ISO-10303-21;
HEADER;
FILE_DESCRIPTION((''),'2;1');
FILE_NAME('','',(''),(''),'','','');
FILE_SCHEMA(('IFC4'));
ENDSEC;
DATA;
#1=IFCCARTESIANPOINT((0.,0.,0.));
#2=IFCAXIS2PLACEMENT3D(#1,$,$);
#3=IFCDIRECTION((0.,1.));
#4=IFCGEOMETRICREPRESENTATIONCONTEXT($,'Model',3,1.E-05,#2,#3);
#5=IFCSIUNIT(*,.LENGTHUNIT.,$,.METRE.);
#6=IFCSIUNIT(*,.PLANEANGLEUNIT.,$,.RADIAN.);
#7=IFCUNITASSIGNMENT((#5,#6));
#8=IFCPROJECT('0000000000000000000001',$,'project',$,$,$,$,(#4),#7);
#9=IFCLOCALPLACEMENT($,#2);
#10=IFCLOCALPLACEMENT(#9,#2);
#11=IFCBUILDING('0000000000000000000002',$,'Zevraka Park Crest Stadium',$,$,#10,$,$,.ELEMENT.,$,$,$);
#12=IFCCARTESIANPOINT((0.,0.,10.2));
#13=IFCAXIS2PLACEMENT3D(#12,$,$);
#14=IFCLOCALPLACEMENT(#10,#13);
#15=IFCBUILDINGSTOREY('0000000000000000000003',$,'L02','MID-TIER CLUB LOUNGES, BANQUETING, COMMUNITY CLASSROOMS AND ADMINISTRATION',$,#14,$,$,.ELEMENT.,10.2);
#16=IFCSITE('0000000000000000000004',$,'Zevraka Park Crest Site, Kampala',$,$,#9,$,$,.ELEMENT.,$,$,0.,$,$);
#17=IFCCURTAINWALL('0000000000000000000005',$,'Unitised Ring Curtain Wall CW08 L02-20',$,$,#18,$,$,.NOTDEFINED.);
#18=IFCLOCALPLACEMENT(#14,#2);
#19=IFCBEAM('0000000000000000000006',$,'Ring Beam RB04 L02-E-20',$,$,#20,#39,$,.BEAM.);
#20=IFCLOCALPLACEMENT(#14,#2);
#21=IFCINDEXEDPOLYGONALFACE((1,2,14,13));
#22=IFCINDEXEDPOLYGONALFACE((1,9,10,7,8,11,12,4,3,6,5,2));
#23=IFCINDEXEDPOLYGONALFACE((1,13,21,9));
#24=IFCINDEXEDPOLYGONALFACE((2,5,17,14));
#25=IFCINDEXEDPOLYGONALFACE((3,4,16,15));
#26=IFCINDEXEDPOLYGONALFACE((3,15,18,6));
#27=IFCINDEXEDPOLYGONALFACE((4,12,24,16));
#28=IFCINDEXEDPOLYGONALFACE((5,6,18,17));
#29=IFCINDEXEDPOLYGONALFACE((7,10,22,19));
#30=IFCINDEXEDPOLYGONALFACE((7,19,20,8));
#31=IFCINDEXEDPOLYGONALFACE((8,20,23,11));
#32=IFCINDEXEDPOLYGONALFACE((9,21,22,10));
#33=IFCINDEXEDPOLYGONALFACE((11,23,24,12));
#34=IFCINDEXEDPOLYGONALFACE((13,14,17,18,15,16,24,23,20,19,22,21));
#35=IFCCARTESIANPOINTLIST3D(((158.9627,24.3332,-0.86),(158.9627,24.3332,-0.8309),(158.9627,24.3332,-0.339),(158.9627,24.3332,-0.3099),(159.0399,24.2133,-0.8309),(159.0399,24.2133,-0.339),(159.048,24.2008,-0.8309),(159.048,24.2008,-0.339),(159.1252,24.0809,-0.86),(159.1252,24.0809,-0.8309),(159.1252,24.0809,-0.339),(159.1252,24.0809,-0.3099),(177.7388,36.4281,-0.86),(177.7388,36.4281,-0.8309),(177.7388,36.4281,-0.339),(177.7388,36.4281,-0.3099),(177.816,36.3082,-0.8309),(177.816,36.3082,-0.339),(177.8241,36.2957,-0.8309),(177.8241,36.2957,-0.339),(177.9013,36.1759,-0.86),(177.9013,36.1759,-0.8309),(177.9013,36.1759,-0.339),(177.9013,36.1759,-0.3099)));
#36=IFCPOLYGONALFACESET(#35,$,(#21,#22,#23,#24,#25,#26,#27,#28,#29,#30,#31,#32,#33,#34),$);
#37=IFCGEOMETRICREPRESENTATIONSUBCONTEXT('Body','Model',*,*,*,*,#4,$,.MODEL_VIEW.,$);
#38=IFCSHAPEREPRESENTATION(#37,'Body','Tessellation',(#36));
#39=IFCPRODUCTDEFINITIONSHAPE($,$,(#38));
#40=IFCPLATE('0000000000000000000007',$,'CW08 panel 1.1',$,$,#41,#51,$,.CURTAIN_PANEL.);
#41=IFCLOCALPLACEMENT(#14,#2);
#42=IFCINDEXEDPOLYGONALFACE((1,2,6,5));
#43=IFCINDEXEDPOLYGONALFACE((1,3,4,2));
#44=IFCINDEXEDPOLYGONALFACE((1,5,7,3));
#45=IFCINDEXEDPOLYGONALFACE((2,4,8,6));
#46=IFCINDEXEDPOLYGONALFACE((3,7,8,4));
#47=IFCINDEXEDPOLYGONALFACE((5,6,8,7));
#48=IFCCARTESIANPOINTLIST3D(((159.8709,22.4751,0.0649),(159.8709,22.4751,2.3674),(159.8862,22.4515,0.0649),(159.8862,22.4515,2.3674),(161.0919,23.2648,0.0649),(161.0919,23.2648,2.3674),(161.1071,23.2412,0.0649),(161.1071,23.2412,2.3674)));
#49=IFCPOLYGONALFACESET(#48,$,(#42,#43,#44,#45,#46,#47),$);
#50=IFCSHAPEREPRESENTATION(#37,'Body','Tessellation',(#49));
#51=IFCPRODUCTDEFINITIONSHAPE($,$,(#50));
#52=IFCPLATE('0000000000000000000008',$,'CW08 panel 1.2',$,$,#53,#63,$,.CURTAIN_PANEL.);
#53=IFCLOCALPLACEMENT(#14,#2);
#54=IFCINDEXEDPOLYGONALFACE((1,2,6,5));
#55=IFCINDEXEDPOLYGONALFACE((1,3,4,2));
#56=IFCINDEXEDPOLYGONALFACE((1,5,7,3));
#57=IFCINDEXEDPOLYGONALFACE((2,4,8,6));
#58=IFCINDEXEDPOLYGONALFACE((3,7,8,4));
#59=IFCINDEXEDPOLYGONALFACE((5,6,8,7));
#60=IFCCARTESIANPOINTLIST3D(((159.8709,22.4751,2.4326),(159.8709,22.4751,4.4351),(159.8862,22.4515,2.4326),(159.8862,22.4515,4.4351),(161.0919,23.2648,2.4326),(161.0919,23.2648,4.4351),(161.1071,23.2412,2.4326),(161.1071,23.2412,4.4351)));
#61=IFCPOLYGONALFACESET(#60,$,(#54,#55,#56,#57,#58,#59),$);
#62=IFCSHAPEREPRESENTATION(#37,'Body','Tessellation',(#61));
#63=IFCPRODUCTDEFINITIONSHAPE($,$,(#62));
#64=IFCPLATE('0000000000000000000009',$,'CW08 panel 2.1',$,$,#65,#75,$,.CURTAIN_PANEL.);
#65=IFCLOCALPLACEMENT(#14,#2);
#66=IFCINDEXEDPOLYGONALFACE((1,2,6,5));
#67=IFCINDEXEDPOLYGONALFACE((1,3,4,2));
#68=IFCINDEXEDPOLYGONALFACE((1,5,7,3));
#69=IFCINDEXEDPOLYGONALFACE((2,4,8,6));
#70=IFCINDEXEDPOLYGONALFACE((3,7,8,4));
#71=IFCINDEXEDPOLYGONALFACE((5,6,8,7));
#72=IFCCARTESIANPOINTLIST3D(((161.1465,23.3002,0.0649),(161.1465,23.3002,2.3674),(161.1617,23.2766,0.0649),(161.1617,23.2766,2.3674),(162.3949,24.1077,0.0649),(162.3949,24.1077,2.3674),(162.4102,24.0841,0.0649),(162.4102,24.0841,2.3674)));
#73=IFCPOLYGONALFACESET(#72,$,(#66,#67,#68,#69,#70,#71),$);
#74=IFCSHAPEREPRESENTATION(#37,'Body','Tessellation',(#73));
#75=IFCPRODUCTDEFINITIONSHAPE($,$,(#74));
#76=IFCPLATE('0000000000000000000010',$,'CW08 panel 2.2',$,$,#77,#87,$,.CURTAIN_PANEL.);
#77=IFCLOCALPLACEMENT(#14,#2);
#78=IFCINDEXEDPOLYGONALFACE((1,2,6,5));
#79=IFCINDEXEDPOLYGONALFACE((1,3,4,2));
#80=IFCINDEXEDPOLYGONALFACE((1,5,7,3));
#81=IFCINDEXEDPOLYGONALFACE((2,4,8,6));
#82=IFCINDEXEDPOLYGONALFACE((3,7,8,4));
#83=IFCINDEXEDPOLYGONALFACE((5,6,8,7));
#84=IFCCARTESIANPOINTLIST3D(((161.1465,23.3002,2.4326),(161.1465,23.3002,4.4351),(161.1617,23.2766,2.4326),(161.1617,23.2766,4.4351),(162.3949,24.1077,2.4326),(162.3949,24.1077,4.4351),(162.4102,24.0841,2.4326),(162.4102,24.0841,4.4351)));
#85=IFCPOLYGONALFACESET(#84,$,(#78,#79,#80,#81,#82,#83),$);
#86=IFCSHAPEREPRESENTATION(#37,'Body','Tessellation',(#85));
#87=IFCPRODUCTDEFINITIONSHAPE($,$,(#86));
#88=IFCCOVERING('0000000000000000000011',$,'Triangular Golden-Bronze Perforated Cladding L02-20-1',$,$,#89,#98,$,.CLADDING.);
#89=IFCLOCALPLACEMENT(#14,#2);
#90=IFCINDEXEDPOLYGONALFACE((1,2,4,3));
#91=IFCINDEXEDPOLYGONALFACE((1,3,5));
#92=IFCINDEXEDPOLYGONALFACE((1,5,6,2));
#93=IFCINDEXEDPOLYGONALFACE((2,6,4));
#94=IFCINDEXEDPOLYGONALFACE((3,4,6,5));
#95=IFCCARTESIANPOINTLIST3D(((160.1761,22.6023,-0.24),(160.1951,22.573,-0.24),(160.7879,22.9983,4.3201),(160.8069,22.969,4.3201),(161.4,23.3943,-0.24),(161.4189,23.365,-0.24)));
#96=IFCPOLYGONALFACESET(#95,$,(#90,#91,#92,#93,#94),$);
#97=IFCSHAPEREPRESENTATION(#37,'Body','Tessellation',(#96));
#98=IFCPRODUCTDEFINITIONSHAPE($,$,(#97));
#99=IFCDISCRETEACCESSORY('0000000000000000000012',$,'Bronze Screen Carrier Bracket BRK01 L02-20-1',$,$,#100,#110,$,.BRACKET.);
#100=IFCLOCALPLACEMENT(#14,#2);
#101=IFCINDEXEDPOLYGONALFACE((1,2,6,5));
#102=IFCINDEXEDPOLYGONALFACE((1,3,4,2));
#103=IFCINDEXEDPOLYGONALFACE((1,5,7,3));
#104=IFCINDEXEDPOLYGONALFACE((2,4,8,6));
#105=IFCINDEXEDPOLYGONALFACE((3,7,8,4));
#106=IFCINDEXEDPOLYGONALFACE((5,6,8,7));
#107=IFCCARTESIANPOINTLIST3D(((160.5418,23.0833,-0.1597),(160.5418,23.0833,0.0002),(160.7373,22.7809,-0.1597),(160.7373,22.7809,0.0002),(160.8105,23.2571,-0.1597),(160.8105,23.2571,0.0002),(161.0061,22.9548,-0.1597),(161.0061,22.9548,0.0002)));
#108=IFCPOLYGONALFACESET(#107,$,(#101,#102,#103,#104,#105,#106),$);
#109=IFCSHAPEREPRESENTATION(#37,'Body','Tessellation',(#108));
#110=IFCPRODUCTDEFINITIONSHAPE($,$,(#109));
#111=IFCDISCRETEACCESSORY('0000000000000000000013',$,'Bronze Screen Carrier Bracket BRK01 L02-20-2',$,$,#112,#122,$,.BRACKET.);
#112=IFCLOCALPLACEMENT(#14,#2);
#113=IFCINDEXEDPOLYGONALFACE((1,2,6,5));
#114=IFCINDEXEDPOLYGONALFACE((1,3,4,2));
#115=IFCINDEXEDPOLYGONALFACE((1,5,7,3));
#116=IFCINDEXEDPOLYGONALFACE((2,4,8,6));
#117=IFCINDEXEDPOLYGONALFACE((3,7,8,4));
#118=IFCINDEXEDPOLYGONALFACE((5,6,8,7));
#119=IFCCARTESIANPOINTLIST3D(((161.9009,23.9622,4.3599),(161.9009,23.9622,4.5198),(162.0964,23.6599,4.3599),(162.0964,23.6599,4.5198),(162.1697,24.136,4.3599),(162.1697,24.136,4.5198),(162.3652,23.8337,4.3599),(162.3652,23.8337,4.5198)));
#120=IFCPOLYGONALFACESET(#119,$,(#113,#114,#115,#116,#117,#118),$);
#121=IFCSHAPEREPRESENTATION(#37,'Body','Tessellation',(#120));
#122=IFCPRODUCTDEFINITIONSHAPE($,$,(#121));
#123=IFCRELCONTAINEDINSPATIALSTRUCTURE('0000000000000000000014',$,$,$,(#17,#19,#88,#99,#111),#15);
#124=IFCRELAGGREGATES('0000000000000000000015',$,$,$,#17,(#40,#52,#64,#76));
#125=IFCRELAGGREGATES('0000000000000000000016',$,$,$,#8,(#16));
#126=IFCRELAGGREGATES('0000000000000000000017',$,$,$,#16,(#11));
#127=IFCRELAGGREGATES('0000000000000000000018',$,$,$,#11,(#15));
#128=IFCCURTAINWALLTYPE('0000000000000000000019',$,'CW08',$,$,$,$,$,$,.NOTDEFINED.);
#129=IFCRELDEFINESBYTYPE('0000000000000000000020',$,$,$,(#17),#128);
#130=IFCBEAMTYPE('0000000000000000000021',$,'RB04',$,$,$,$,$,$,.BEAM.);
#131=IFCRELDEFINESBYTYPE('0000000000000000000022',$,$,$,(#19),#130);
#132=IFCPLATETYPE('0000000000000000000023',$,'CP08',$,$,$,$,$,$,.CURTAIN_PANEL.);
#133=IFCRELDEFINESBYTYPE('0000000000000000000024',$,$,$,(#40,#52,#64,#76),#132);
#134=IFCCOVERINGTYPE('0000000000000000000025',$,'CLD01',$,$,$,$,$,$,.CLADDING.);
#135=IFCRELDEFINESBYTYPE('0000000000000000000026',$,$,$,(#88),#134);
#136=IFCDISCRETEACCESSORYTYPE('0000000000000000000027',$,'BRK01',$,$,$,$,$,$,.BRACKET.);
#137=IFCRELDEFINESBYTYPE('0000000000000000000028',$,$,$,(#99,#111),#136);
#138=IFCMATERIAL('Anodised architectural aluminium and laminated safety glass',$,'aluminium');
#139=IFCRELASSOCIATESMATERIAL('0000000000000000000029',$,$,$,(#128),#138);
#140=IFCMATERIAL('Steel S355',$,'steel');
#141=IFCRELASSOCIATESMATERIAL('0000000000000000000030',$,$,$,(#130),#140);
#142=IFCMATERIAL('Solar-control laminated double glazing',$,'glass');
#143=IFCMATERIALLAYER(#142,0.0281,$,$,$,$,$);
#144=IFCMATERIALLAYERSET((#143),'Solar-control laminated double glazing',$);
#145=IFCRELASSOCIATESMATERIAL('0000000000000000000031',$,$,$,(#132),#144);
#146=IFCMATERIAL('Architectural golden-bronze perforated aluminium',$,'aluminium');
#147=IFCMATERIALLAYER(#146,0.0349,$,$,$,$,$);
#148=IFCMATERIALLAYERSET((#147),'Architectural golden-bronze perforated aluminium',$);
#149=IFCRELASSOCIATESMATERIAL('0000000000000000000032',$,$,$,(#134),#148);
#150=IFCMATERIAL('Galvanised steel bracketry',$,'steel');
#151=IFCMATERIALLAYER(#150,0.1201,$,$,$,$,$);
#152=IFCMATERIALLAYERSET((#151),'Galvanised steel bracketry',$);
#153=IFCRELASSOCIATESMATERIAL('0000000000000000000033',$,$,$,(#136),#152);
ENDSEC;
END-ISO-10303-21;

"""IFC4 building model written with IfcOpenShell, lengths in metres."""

from ifc_helpers import new_model, si_unit, direction, frame, origin, origin_2d, place, context, subcontext, project, spatial, polyline, rectangle, i_section, outline, extrude, material, layer, layer_set, material_profile, profile_set, type_object, element, aggregate, save


model = new_model("IFC4")

# Units and contexts
model_context = context("Model", 3, precision=1e-05, world=origin(), true_north=direction((0.0, 1.0)))
body_context = subcontext(model_context, "Body", "Model", "MODEL_VIEW")
ifc_project = project(units=[si_unit("LENGTHUNIT", "METRE"), si_unit("PLANEANGLEUNIT", "RADIAN")], contexts=[model_context])

# Site, building, storey
site_placement = place(None, origin())
site = spatial("IfcSite", under=ifc_project, at=site_placement, Name="Zevraka Park Crest Site, Kampala", CompositionType="ELEMENT", RefElevation=0.0)
building_placement = place(site_placement, origin())
building = spatial("IfcBuilding", under=site, at=building_placement, Name="Zevraka Park Crest Stadium", CompositionType="ELEMENT")
storey_placement = place(building_placement, frame((0.0, 0.0, 10.2)))
storey = spatial("IfcBuildingStorey", under=building, at=storey_placement, Name="L02", Description="MID-TIER CLUB LOUNGES, BANQUETING, COMMUNITY CLASSROOMS AND ADMINISTRATION", CompositionType="ELEMENT", Elevation=10.2)

# Curtain wall
ifc_material_1 = material(Name="Anodised architectural aluminium and laminated safety glass", Category="aluminium")
curtain_wall_type_1 = type_object("IfcCurtainWallType", Name="CW08", PredefinedType="NOTDEFINED", material=ifc_material_1)
curtain_wall_1_placement = place(storey_placement, origin())
curtain_wall_1 = element("IfcCurtainWall", 1, at=curtain_wall_1_placement, inside=storey, type_object=curtain_wall_type_1, Name="Unitised Ring Curtain Wall CW08 L02-20", PredefinedType="NOTDEFINED")

# Beam
ifc_material_2 = material(Name="Steel S355", Category="steel")
ifc_material_profile_1 = material_profile(ifc_material_2, i_section(OverallWidth=0.3, OverallDepth=0.55, WebThickness=0.0149, FlangeThickness=0.0291, at=origin_2d()), Name="HEB 550")
ifc_profile_set_1 = profile_set([ifc_material_profile_1], Name="Steel S355")
beam_type = type_object("IfcBeamType", Name="RB04", PredefinedType="BEAM", material=ifc_profile_set_1)
beam_placement = place(storey_placement, frame((159.0439, 24.207, -0.585), z_axis=(0.840677, 0.541537, 0.0), x_axis=(-0.541537, 0.840677, 0.0)))
element("IfcBeam", 2, at=beam_placement, inside=storey, type_object=beam_type, Name="Ring Beam RB04 L02-E-20", PredefinedType="BEAM", context=body_context, shape_type="SweptSolid", body=[
    extrude(i_section(OverallWidth=0.3, OverallDepth=0.55, WebThickness=0.0149, FlangeThickness=0.0291, at=origin_2d()), origin(), (0.0, 0.0, 1.0), 22.3345),
])

# Plates
ifc_material_3 = material(Name="Solar-control laminated double glazing", Category="glass")
ifc_layer_1 = layer(ifc_material_3, 0.0281)
ifc_layer_set_1 = layer_set([ifc_layer_1], Name="Solar-control laminated double glazing")
plate_type = type_object("IfcPlateType", Name="CP08", PredefinedType="CURTAIN_PANEL", material=ifc_layer_set_1)
plate_1_placement = place(storey_placement, frame((160.489, 22.8582, 0.0649), z_axis=(0.0, 0.0, 1.0), x_axis=(0.83967, 0.543096, 0.0)))
plate_1 = element("IfcPlate", 3, at=plate_1_placement, type_object=plate_type, Name="CW08 panel 1.1", PredefinedType="CURTAIN_PANEL", context=body_context, shape_type="SweptSolid", body=[
    extrude(rectangle(XDim=1.4541, YDim=0.0281, at=origin_2d()), origin(), (0.0, 0.0, 1.0), 2.3025),
])
plate_2_placement = place(storey_placement, frame((160.489, 22.8582, 2.4326), z_axis=(0.0, 0.0, 1.0), x_axis=(0.83967, 0.543096, 0.0)))
plate_2 = element("IfcPlate", 4, at=plate_2_placement, type_object=plate_type, Name="CW08 panel 1.2", PredefinedType="CURTAIN_PANEL", context=body_context, shape_type="SweptSolid", body=[
    extrude(rectangle(XDim=1.4541, YDim=0.0281, at=origin_2d()), origin(), (0.0, 0.0, 1.0), 2.0024),
])
plate_3_placement = place(storey_placement, frame((161.7783, 23.6921, 0.0649), z_axis=(0.0, 0.0, 1.0), x_axis=(0.83967, 0.543096, 0.0)))
plate_3 = element("IfcPlate", 5, at=plate_3_placement, type_object=plate_type, Name="CW08 panel 2.1", PredefinedType="CURTAIN_PANEL", context=body_context, shape_type="SweptSolid", body=[
    extrude(rectangle(XDim=1.4868, YDim=0.0281, at=origin_2d()), origin(), (0.0, 0.0, 1.0), 2.3025),
])
plate_4_placement = place(storey_placement, frame((161.7783, 23.6921, 2.4326), z_axis=(0.0, 0.0, 1.0), x_axis=(0.83967, 0.543096, 0.0)))
plate_4 = element("IfcPlate", 6, at=plate_4_placement, type_object=plate_type, Name="CW08 panel 2.2", PredefinedType="CURTAIN_PANEL", context=body_context, shape_type="SweptSolid", body=[
    extrude(rectangle(XDim=1.4868, YDim=0.0281, at=origin_2d()), origin(), (0.0, 0.0, 1.0), 2.0024),
])
aggregate(curtain_wall_1, [plate_1, plate_2, plate_3, plate_4])

# Covering
ifc_material_4 = material(Name="Architectural golden-bronze perforated aluminium", Category="aluminium")
ifc_layer_2 = layer(ifc_material_4, 0.0349)
ifc_layer_set_2 = layer_set([ifc_layer_2], Name="Architectural golden-bronze perforated aluminium")
covering_type = type_object("IfcCoveringType", Name="CLD01", PredefinedType="CLADDING", material=ifc_layer_set_2)
covering_placement = place(storey_placement, frame((160.1951, 22.573, -0.24), z_axis=(0.543286, -0.839548, 0.000015), x_axis=(0.839548, 0.543286, 0.0)))
element("IfcCovering", 7, at=covering_placement, inside=storey, type_object=covering_type, Name="Triangular Golden-Bronze Perforated Cladding L02-20-1", PredefinedType="CLADDING", context=body_context, shape_type="SweptSolid", body=[
    extrude(outline(polyline([(0.0, 0.0), (1.4578, 0.0), (0.7288, 4.5601), (0.0, 0.0)])), origin(), (0.0, 0.0, -1.0), 0.0349),
])

# Discrete accessories
ifc_material_5 = material(Name="Galvanised steel bracketry", Category="steel")
ifc_layer_3 = layer(ifc_material_5, 0.1201)
ifc_layer_set_3 = layer_set([ifc_layer_3], Name="Galvanised steel bracketry")
discrete_accessory_type = type_object("IfcDiscreteAccessoryType", Name="BRK01", PredefinedType="BRACKET", material=ifc_layer_set_3)
for number, where, z_axis, x_axis, name in (
    (8, (160.7739, 23.019, -0.1597), (0.0, 0.0, 1.0), (0.839715, 0.543028, 0.0), "Bronze Screen Carrier Bracket BRK01 L02-20-1"),
    (9, (162.1331, 23.8979, 4.3599), (0.0, 0.0, 1.0), (0.839715, 0.543028, 0.0), "Bronze Screen Carrier Bracket BRK01 L02-20-2"),
):
    element("IfcDiscreteAccessory", number, at=place(storey_placement, frame(where, z_axis=z_axis, x_axis=x_axis)), inside=storey, type_object=discrete_accessory_type, Name=name, PredefinedType="BRACKET", context=body_context, shape_type="SweptSolid", body=[
        extrude(rectangle(XDim=0.3201, YDim=0.3601, at=origin_2d()), origin(), (0.0, 0.0, 1.0), 0.1599),
    ])

save(model, "model.ifc")
